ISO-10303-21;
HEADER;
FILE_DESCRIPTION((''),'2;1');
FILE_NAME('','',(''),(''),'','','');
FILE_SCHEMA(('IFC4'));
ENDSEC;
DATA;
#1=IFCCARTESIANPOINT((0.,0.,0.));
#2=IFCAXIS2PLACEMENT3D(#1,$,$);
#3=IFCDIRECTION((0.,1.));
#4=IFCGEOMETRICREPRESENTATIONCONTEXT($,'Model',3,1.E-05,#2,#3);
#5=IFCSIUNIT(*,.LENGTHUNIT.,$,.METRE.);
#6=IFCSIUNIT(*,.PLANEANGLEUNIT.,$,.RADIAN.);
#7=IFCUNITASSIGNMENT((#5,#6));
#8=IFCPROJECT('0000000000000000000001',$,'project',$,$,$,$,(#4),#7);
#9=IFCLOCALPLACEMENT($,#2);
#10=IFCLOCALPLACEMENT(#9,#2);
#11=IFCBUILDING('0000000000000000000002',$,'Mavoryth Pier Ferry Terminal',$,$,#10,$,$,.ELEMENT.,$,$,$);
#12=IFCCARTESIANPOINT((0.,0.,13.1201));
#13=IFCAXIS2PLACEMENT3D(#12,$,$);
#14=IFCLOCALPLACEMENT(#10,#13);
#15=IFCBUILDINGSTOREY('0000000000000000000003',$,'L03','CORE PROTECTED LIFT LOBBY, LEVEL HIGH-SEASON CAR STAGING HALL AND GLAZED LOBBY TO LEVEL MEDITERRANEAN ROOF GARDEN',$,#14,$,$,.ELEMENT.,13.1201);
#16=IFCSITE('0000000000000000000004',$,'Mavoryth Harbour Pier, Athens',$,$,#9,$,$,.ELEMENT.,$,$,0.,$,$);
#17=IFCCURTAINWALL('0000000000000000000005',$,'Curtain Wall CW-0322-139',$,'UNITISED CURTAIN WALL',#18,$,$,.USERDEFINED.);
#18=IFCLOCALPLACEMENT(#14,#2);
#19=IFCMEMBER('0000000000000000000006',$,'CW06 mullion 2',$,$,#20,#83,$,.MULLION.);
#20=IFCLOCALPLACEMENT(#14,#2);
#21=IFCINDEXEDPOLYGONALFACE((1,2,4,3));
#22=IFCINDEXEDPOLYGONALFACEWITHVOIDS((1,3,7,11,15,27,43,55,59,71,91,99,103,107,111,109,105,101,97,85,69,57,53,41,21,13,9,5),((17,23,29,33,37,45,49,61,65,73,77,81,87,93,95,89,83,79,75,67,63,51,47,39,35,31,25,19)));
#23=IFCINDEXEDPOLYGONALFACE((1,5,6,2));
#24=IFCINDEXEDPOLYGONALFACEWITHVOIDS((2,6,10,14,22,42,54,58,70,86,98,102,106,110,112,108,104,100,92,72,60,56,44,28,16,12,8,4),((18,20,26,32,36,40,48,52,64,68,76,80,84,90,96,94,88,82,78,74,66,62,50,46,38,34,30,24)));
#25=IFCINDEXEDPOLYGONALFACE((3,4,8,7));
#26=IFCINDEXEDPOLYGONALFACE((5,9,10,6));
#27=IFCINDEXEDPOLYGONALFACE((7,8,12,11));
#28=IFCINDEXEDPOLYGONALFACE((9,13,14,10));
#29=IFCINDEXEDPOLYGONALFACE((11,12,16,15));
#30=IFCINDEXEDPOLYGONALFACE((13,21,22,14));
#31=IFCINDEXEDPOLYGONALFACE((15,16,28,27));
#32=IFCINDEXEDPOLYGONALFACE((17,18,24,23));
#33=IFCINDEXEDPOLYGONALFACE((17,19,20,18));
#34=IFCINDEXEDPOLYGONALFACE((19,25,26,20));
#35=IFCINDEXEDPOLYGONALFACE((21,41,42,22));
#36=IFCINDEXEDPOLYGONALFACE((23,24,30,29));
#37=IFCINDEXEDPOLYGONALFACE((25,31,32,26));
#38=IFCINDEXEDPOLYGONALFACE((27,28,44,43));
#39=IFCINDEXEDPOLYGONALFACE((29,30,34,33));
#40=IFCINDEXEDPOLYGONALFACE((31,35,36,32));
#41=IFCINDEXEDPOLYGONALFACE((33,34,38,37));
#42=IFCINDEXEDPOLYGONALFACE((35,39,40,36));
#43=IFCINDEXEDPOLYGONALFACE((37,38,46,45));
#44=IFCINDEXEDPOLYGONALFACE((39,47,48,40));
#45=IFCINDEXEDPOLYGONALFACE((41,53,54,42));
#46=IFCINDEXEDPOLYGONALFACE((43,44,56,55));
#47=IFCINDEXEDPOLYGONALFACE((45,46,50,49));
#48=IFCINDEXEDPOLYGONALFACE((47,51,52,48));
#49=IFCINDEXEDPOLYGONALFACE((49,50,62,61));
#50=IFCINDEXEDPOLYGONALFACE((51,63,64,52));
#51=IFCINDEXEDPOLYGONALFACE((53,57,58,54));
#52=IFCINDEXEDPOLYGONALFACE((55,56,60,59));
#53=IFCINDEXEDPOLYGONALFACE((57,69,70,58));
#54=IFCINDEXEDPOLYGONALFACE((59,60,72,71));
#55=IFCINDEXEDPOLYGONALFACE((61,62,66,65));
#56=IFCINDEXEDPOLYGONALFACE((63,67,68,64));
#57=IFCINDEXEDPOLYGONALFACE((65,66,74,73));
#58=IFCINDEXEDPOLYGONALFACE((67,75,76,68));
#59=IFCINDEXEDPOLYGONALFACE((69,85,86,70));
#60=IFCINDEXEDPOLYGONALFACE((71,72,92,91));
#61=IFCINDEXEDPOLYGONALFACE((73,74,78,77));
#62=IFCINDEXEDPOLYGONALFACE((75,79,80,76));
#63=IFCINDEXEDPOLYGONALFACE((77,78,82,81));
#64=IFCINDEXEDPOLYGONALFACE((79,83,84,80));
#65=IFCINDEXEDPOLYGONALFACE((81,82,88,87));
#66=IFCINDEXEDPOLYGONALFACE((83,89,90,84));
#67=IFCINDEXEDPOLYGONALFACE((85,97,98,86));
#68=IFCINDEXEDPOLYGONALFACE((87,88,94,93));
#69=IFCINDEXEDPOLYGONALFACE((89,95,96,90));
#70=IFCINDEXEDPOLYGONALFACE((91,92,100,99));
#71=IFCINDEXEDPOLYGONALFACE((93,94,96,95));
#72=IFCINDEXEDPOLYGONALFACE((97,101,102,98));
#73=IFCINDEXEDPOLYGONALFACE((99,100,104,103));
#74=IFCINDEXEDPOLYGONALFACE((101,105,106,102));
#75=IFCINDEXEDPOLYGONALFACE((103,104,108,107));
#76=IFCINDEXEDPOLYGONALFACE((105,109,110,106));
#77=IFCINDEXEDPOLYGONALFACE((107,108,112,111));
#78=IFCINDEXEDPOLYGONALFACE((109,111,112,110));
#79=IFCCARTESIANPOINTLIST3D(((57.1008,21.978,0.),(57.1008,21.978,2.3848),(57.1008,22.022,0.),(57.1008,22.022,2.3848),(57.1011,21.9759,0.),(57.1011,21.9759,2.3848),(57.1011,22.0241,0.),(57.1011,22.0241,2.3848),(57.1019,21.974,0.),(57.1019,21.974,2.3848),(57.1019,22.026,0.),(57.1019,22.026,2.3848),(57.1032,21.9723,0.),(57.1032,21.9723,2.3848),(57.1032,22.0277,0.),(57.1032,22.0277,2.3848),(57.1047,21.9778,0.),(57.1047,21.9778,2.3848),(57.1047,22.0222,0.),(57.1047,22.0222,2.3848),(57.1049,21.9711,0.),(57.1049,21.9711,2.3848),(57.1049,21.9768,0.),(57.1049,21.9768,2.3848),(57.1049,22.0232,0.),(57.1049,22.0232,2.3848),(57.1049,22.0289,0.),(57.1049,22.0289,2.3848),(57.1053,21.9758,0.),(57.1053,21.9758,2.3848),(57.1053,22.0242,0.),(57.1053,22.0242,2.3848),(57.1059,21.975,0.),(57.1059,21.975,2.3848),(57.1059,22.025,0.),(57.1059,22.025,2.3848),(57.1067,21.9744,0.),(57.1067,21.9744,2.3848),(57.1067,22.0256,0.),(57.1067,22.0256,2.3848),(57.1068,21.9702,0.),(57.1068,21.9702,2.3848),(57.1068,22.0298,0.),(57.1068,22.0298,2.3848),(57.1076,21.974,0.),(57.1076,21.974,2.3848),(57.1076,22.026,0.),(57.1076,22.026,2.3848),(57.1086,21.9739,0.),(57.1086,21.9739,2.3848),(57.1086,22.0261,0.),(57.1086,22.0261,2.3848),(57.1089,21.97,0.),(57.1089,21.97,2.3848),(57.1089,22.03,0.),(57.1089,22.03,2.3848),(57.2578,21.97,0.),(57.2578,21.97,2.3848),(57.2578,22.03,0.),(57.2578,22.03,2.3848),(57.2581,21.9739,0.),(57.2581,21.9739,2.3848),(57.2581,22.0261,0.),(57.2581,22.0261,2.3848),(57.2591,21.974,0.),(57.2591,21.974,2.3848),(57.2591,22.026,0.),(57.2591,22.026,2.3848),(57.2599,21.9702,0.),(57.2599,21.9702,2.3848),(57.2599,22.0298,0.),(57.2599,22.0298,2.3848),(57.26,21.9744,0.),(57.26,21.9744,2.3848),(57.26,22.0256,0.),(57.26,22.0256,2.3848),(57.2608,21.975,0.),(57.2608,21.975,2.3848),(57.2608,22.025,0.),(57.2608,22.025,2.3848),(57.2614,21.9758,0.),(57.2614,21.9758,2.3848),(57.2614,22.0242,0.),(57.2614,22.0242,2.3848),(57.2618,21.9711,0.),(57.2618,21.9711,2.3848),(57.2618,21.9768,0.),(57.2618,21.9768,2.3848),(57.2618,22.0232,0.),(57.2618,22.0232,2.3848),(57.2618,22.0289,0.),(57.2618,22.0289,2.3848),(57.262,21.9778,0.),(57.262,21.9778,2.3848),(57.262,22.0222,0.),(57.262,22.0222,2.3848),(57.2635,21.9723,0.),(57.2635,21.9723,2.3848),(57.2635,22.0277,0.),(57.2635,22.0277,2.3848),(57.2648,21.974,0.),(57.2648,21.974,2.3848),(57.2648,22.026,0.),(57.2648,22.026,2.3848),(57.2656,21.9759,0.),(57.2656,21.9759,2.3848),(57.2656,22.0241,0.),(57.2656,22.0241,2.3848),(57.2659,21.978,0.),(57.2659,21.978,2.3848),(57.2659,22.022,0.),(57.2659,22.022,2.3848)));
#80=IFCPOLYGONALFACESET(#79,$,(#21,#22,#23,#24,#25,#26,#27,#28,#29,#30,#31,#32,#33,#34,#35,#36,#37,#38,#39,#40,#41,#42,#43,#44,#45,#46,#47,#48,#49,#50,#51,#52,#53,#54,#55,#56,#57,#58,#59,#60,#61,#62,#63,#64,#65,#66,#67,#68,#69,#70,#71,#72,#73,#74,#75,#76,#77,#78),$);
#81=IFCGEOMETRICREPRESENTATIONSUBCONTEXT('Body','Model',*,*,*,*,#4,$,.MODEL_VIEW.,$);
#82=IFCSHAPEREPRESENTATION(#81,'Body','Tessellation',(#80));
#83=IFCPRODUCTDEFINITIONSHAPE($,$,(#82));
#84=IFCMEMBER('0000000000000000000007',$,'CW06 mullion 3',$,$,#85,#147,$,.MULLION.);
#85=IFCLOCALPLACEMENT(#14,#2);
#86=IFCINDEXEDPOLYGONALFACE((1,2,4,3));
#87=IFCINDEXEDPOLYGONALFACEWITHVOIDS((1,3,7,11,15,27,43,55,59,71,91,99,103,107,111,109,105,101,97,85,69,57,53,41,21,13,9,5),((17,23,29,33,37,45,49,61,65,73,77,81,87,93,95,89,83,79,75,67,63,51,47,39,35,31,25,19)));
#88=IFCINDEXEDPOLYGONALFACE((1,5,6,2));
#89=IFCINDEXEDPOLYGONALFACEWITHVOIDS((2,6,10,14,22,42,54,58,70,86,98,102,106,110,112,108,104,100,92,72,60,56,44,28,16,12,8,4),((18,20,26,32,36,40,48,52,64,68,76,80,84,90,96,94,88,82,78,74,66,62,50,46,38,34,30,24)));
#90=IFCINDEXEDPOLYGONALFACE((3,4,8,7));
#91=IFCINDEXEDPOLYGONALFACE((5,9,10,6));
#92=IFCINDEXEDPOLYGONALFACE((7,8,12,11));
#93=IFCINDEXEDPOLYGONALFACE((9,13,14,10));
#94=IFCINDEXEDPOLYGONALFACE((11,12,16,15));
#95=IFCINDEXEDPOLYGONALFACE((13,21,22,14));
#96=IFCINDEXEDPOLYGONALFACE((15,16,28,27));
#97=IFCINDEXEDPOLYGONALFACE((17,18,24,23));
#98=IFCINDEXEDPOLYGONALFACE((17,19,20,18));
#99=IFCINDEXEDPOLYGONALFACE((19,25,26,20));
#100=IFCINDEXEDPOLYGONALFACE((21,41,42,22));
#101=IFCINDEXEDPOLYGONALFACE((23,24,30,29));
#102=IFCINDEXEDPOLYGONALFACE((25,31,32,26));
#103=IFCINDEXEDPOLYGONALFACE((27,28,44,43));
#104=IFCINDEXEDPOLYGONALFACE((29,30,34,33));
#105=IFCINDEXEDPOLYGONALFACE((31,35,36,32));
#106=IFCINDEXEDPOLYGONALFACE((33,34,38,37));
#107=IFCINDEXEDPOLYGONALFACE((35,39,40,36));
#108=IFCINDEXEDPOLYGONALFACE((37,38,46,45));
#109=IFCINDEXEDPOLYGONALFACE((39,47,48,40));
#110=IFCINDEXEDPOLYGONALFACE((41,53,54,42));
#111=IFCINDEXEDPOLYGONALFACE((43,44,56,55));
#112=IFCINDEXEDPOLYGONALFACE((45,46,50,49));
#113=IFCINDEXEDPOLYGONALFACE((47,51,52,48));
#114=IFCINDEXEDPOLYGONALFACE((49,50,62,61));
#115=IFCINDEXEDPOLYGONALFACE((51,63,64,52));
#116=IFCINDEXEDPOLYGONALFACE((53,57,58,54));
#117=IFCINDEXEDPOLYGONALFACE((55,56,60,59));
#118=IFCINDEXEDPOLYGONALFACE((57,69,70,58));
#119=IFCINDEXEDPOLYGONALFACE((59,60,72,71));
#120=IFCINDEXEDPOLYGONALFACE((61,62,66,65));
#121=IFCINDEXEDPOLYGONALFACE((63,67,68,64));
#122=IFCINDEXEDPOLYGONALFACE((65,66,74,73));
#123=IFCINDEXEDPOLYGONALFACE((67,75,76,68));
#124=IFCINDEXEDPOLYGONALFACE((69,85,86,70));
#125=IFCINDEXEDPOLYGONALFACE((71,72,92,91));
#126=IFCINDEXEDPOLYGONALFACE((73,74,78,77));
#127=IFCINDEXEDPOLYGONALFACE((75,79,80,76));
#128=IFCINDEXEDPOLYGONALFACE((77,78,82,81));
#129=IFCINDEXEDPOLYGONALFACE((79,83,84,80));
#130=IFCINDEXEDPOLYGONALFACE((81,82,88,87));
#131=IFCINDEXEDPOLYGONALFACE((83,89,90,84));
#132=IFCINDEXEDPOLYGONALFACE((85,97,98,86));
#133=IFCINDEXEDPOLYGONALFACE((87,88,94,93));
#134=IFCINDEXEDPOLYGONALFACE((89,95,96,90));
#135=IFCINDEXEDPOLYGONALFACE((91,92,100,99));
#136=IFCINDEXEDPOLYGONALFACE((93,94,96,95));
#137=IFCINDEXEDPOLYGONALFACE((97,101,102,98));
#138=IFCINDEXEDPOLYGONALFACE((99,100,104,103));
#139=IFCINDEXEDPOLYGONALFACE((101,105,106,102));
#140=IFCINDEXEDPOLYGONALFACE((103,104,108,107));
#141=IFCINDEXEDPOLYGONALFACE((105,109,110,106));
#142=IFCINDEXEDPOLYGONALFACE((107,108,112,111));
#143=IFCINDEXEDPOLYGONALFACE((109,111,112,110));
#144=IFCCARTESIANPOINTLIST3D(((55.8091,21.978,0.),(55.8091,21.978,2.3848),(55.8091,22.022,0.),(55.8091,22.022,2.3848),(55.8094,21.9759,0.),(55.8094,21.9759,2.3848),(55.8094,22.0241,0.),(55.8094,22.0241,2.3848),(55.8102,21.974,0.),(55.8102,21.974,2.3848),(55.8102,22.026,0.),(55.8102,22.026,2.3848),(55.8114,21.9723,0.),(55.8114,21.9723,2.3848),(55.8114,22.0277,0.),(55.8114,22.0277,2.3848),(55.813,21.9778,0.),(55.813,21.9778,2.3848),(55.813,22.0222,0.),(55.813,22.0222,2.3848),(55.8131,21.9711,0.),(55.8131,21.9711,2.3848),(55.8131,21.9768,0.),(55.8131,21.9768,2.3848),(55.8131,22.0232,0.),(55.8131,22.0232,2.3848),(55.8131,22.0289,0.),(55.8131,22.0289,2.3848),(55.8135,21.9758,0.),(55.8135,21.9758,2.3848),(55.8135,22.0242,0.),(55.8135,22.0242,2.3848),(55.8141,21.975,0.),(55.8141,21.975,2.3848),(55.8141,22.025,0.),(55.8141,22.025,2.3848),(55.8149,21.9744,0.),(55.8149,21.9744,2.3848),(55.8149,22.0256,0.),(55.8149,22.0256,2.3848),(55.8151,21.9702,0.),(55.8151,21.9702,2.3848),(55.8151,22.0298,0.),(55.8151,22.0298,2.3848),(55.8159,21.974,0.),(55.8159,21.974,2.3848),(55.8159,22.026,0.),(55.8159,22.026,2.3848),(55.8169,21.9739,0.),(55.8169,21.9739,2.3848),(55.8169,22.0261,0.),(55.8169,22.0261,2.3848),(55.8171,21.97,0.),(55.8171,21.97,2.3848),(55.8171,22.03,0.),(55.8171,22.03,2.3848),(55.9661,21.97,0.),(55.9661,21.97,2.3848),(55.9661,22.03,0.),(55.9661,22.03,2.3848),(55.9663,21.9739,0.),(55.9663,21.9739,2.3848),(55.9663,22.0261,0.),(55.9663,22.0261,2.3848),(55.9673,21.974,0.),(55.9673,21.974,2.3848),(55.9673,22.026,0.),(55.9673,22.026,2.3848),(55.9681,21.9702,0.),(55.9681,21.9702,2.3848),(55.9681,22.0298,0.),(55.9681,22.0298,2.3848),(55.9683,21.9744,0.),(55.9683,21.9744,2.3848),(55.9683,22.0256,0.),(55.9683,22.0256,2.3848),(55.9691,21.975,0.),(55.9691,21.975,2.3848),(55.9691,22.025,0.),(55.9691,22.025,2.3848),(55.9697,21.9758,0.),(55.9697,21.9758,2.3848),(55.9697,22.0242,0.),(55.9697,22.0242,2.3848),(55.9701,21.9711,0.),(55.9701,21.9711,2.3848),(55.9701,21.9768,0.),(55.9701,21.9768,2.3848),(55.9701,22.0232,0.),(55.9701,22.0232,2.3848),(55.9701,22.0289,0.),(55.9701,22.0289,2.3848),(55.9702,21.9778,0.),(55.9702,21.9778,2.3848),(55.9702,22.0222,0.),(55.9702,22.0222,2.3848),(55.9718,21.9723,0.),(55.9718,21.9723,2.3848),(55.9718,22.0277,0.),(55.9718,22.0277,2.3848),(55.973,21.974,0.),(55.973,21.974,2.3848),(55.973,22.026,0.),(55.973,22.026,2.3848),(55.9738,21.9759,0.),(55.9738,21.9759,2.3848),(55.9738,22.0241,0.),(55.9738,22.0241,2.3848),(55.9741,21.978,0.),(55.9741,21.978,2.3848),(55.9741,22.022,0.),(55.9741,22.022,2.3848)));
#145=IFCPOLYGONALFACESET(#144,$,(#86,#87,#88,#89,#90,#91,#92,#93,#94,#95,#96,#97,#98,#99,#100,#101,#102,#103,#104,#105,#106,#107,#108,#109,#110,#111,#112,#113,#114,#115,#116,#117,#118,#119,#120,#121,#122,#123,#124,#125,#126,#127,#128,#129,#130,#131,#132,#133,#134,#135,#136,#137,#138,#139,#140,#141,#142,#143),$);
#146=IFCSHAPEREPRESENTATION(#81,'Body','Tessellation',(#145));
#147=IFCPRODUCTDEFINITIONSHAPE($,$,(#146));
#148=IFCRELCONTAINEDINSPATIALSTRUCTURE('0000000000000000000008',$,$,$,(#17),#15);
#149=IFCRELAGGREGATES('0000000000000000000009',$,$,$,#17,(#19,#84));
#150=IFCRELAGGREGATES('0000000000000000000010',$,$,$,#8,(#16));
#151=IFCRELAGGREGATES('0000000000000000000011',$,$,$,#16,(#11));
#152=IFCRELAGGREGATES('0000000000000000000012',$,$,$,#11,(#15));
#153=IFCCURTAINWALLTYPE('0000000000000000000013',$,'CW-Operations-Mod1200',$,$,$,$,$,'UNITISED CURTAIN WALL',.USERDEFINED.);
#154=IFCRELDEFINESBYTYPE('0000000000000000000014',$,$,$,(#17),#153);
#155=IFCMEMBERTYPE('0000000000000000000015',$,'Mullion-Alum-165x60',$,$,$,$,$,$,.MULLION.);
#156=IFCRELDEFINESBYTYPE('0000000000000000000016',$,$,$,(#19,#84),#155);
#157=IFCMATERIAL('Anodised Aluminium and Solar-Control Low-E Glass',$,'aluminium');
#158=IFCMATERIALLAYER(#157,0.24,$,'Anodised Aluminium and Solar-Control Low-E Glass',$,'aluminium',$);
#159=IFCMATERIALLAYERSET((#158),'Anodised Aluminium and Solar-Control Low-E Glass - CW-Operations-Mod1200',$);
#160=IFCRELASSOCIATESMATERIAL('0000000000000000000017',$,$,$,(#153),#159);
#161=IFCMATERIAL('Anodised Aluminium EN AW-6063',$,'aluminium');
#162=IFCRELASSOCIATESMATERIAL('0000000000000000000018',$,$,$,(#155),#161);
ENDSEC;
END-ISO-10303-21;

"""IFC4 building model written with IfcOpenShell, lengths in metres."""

from ifc_helpers import new_model, si_unit, direction, frame, origin, origin_2d, place, context, subcontext, project, spatial, hollow_rectangle, extrude, material, layer, layer_set, material_profile, profile_set, type_object, element, aggregate, save


model = new_model("IFC4")

# Units and contexts
model_context = context("Model", 3, precision=1e-05, world=origin(), true_north=direction((0.0, 1.0)))
body_context = subcontext(model_context, "Body", "Model", "MODEL_VIEW")
ifc_project = project(units=[si_unit("LENGTHUNIT", "METRE"), si_unit("PLANEANGLEUNIT", "RADIAN")], contexts=[model_context])

# Site, building, storey
site_placement = place(None, origin())
site = spatial("IfcSite", under=ifc_project, at=site_placement, Name="Mavoryth Harbour Pier, Athens", CompositionType="ELEMENT", RefElevation=0.0)
building_placement = place(site_placement, origin())
building = spatial("IfcBuilding", under=site, at=building_placement, Name="Mavoryth Pier Ferry Terminal", CompositionType="ELEMENT")
storey_placement = place(building_placement, frame((0.0, 0.0, 13.1201)))
storey = spatial("IfcBuildingStorey", under=building, at=storey_placement, Name="L03", Description="CORE PROTECTED LIFT LOBBY, LEVEL HIGH-SEASON CAR STAGING HALL AND GLAZED LOBBY TO LEVEL MEDITERRANEAN ROOF GARDEN", CompositionType="ELEMENT", Elevation=13.1201)

# Curtain wall, members
ifc_material_1 = material(Name="Anodised Aluminium and Solar-Control Low-E Glass", Category="aluminium")
ifc_layer_1 = layer(ifc_material_1, 0.24, Name="Anodised Aluminium and Solar-Control Low-E Glass", Category="aluminium")
ifc_layer_set_1 = layer_set([ifc_layer_1], Name="Anodised Aluminium and Solar-Control Low-E Glass - CW-Operations-Mod1200")
curtain_wall_type = type_object("IfcCurtainWallType", Name="CW-Operations-Mod1200", ElementType="UNITISED CURTAIN WALL", PredefinedType="USERDEFINED", material=ifc_layer_set_1)
curtain_wall_placement = place(storey_placement, origin())
curtain_wall = element("IfcCurtainWall", 1, at=curtain_wall_placement, inside=storey, type_object=curtain_wall_type, Name="Curtain Wall CW-0322-139", ObjectType="UNITISED CURTAIN WALL", PredefinedType="USERDEFINED")
ifc_material_2 = material(Name="Anodised Aluminium EN AW-6063", Category="aluminium")
ifc_material_profile_1 = material_profile(ifc_material_2, hollow_rectangle(XDim=0.0601, YDim=0.165, WallThickness=0.0039, InnerFilletRadius=0.0039, OuterFilletRadius=0.0081, at=origin_2d()), Name="AL-MULL 165x60x4", Category="aluminium")
ifc_profile_set_1 = profile_set([ifc_material_profile_1], Name="Anodised Aluminium EN AW-6063 - AL-MULL 165x60x4")
member_type_1 = type_object("IfcMemberType", Name="Mullion-Alum-165x60", PredefinedType="MULLION", material=ifc_profile_set_1)
member_1_placement = place(storey_placement, frame((57.1833, 22.0, 0.0), z_axis=(0.0, 0.0, 1.0), x_axis=(0.0, -1.0, 0.0)))
member_1 = element("IfcMember", 2, at=member_1_placement, type_object=member_type_1, Name="CW06 mullion 2", PredefinedType="MULLION", context=body_context, shape_type="SweptSolid", body=[
    extrude(hollow_rectangle(XDim=0.0601, YDim=0.165, WallThickness=0.0039, InnerFilletRadius=0.0039, OuterFilletRadius=0.0081, at=origin_2d()), origin(), (0.0, 0.0, 1.0), 2.3848),
])
member_2_placement = place(storey_placement, frame((55.8916, 22.0, 0.0), z_axis=(0.0, 0.0, 1.0), x_axis=(0.0, -1.0, 0.0)))
member_2 = element("IfcMember", 3, at=member_2_placement, type_object=member_type_1, Name="CW06 mullion 3", PredefinedType="MULLION", context=body_context, shape_type="SweptSolid", body=[
    extrude(hollow_rectangle(XDim=0.0601, YDim=0.165, WallThickness=0.0039, InnerFilletRadius=0.0039, OuterFilletRadius=0.0081, at=origin_2d()), origin(), (0.0, 0.0, 1.0), 2.3848),
])
aggregate(curtain_wall, [member_1, member_2])

save(model, "model.ifc")
